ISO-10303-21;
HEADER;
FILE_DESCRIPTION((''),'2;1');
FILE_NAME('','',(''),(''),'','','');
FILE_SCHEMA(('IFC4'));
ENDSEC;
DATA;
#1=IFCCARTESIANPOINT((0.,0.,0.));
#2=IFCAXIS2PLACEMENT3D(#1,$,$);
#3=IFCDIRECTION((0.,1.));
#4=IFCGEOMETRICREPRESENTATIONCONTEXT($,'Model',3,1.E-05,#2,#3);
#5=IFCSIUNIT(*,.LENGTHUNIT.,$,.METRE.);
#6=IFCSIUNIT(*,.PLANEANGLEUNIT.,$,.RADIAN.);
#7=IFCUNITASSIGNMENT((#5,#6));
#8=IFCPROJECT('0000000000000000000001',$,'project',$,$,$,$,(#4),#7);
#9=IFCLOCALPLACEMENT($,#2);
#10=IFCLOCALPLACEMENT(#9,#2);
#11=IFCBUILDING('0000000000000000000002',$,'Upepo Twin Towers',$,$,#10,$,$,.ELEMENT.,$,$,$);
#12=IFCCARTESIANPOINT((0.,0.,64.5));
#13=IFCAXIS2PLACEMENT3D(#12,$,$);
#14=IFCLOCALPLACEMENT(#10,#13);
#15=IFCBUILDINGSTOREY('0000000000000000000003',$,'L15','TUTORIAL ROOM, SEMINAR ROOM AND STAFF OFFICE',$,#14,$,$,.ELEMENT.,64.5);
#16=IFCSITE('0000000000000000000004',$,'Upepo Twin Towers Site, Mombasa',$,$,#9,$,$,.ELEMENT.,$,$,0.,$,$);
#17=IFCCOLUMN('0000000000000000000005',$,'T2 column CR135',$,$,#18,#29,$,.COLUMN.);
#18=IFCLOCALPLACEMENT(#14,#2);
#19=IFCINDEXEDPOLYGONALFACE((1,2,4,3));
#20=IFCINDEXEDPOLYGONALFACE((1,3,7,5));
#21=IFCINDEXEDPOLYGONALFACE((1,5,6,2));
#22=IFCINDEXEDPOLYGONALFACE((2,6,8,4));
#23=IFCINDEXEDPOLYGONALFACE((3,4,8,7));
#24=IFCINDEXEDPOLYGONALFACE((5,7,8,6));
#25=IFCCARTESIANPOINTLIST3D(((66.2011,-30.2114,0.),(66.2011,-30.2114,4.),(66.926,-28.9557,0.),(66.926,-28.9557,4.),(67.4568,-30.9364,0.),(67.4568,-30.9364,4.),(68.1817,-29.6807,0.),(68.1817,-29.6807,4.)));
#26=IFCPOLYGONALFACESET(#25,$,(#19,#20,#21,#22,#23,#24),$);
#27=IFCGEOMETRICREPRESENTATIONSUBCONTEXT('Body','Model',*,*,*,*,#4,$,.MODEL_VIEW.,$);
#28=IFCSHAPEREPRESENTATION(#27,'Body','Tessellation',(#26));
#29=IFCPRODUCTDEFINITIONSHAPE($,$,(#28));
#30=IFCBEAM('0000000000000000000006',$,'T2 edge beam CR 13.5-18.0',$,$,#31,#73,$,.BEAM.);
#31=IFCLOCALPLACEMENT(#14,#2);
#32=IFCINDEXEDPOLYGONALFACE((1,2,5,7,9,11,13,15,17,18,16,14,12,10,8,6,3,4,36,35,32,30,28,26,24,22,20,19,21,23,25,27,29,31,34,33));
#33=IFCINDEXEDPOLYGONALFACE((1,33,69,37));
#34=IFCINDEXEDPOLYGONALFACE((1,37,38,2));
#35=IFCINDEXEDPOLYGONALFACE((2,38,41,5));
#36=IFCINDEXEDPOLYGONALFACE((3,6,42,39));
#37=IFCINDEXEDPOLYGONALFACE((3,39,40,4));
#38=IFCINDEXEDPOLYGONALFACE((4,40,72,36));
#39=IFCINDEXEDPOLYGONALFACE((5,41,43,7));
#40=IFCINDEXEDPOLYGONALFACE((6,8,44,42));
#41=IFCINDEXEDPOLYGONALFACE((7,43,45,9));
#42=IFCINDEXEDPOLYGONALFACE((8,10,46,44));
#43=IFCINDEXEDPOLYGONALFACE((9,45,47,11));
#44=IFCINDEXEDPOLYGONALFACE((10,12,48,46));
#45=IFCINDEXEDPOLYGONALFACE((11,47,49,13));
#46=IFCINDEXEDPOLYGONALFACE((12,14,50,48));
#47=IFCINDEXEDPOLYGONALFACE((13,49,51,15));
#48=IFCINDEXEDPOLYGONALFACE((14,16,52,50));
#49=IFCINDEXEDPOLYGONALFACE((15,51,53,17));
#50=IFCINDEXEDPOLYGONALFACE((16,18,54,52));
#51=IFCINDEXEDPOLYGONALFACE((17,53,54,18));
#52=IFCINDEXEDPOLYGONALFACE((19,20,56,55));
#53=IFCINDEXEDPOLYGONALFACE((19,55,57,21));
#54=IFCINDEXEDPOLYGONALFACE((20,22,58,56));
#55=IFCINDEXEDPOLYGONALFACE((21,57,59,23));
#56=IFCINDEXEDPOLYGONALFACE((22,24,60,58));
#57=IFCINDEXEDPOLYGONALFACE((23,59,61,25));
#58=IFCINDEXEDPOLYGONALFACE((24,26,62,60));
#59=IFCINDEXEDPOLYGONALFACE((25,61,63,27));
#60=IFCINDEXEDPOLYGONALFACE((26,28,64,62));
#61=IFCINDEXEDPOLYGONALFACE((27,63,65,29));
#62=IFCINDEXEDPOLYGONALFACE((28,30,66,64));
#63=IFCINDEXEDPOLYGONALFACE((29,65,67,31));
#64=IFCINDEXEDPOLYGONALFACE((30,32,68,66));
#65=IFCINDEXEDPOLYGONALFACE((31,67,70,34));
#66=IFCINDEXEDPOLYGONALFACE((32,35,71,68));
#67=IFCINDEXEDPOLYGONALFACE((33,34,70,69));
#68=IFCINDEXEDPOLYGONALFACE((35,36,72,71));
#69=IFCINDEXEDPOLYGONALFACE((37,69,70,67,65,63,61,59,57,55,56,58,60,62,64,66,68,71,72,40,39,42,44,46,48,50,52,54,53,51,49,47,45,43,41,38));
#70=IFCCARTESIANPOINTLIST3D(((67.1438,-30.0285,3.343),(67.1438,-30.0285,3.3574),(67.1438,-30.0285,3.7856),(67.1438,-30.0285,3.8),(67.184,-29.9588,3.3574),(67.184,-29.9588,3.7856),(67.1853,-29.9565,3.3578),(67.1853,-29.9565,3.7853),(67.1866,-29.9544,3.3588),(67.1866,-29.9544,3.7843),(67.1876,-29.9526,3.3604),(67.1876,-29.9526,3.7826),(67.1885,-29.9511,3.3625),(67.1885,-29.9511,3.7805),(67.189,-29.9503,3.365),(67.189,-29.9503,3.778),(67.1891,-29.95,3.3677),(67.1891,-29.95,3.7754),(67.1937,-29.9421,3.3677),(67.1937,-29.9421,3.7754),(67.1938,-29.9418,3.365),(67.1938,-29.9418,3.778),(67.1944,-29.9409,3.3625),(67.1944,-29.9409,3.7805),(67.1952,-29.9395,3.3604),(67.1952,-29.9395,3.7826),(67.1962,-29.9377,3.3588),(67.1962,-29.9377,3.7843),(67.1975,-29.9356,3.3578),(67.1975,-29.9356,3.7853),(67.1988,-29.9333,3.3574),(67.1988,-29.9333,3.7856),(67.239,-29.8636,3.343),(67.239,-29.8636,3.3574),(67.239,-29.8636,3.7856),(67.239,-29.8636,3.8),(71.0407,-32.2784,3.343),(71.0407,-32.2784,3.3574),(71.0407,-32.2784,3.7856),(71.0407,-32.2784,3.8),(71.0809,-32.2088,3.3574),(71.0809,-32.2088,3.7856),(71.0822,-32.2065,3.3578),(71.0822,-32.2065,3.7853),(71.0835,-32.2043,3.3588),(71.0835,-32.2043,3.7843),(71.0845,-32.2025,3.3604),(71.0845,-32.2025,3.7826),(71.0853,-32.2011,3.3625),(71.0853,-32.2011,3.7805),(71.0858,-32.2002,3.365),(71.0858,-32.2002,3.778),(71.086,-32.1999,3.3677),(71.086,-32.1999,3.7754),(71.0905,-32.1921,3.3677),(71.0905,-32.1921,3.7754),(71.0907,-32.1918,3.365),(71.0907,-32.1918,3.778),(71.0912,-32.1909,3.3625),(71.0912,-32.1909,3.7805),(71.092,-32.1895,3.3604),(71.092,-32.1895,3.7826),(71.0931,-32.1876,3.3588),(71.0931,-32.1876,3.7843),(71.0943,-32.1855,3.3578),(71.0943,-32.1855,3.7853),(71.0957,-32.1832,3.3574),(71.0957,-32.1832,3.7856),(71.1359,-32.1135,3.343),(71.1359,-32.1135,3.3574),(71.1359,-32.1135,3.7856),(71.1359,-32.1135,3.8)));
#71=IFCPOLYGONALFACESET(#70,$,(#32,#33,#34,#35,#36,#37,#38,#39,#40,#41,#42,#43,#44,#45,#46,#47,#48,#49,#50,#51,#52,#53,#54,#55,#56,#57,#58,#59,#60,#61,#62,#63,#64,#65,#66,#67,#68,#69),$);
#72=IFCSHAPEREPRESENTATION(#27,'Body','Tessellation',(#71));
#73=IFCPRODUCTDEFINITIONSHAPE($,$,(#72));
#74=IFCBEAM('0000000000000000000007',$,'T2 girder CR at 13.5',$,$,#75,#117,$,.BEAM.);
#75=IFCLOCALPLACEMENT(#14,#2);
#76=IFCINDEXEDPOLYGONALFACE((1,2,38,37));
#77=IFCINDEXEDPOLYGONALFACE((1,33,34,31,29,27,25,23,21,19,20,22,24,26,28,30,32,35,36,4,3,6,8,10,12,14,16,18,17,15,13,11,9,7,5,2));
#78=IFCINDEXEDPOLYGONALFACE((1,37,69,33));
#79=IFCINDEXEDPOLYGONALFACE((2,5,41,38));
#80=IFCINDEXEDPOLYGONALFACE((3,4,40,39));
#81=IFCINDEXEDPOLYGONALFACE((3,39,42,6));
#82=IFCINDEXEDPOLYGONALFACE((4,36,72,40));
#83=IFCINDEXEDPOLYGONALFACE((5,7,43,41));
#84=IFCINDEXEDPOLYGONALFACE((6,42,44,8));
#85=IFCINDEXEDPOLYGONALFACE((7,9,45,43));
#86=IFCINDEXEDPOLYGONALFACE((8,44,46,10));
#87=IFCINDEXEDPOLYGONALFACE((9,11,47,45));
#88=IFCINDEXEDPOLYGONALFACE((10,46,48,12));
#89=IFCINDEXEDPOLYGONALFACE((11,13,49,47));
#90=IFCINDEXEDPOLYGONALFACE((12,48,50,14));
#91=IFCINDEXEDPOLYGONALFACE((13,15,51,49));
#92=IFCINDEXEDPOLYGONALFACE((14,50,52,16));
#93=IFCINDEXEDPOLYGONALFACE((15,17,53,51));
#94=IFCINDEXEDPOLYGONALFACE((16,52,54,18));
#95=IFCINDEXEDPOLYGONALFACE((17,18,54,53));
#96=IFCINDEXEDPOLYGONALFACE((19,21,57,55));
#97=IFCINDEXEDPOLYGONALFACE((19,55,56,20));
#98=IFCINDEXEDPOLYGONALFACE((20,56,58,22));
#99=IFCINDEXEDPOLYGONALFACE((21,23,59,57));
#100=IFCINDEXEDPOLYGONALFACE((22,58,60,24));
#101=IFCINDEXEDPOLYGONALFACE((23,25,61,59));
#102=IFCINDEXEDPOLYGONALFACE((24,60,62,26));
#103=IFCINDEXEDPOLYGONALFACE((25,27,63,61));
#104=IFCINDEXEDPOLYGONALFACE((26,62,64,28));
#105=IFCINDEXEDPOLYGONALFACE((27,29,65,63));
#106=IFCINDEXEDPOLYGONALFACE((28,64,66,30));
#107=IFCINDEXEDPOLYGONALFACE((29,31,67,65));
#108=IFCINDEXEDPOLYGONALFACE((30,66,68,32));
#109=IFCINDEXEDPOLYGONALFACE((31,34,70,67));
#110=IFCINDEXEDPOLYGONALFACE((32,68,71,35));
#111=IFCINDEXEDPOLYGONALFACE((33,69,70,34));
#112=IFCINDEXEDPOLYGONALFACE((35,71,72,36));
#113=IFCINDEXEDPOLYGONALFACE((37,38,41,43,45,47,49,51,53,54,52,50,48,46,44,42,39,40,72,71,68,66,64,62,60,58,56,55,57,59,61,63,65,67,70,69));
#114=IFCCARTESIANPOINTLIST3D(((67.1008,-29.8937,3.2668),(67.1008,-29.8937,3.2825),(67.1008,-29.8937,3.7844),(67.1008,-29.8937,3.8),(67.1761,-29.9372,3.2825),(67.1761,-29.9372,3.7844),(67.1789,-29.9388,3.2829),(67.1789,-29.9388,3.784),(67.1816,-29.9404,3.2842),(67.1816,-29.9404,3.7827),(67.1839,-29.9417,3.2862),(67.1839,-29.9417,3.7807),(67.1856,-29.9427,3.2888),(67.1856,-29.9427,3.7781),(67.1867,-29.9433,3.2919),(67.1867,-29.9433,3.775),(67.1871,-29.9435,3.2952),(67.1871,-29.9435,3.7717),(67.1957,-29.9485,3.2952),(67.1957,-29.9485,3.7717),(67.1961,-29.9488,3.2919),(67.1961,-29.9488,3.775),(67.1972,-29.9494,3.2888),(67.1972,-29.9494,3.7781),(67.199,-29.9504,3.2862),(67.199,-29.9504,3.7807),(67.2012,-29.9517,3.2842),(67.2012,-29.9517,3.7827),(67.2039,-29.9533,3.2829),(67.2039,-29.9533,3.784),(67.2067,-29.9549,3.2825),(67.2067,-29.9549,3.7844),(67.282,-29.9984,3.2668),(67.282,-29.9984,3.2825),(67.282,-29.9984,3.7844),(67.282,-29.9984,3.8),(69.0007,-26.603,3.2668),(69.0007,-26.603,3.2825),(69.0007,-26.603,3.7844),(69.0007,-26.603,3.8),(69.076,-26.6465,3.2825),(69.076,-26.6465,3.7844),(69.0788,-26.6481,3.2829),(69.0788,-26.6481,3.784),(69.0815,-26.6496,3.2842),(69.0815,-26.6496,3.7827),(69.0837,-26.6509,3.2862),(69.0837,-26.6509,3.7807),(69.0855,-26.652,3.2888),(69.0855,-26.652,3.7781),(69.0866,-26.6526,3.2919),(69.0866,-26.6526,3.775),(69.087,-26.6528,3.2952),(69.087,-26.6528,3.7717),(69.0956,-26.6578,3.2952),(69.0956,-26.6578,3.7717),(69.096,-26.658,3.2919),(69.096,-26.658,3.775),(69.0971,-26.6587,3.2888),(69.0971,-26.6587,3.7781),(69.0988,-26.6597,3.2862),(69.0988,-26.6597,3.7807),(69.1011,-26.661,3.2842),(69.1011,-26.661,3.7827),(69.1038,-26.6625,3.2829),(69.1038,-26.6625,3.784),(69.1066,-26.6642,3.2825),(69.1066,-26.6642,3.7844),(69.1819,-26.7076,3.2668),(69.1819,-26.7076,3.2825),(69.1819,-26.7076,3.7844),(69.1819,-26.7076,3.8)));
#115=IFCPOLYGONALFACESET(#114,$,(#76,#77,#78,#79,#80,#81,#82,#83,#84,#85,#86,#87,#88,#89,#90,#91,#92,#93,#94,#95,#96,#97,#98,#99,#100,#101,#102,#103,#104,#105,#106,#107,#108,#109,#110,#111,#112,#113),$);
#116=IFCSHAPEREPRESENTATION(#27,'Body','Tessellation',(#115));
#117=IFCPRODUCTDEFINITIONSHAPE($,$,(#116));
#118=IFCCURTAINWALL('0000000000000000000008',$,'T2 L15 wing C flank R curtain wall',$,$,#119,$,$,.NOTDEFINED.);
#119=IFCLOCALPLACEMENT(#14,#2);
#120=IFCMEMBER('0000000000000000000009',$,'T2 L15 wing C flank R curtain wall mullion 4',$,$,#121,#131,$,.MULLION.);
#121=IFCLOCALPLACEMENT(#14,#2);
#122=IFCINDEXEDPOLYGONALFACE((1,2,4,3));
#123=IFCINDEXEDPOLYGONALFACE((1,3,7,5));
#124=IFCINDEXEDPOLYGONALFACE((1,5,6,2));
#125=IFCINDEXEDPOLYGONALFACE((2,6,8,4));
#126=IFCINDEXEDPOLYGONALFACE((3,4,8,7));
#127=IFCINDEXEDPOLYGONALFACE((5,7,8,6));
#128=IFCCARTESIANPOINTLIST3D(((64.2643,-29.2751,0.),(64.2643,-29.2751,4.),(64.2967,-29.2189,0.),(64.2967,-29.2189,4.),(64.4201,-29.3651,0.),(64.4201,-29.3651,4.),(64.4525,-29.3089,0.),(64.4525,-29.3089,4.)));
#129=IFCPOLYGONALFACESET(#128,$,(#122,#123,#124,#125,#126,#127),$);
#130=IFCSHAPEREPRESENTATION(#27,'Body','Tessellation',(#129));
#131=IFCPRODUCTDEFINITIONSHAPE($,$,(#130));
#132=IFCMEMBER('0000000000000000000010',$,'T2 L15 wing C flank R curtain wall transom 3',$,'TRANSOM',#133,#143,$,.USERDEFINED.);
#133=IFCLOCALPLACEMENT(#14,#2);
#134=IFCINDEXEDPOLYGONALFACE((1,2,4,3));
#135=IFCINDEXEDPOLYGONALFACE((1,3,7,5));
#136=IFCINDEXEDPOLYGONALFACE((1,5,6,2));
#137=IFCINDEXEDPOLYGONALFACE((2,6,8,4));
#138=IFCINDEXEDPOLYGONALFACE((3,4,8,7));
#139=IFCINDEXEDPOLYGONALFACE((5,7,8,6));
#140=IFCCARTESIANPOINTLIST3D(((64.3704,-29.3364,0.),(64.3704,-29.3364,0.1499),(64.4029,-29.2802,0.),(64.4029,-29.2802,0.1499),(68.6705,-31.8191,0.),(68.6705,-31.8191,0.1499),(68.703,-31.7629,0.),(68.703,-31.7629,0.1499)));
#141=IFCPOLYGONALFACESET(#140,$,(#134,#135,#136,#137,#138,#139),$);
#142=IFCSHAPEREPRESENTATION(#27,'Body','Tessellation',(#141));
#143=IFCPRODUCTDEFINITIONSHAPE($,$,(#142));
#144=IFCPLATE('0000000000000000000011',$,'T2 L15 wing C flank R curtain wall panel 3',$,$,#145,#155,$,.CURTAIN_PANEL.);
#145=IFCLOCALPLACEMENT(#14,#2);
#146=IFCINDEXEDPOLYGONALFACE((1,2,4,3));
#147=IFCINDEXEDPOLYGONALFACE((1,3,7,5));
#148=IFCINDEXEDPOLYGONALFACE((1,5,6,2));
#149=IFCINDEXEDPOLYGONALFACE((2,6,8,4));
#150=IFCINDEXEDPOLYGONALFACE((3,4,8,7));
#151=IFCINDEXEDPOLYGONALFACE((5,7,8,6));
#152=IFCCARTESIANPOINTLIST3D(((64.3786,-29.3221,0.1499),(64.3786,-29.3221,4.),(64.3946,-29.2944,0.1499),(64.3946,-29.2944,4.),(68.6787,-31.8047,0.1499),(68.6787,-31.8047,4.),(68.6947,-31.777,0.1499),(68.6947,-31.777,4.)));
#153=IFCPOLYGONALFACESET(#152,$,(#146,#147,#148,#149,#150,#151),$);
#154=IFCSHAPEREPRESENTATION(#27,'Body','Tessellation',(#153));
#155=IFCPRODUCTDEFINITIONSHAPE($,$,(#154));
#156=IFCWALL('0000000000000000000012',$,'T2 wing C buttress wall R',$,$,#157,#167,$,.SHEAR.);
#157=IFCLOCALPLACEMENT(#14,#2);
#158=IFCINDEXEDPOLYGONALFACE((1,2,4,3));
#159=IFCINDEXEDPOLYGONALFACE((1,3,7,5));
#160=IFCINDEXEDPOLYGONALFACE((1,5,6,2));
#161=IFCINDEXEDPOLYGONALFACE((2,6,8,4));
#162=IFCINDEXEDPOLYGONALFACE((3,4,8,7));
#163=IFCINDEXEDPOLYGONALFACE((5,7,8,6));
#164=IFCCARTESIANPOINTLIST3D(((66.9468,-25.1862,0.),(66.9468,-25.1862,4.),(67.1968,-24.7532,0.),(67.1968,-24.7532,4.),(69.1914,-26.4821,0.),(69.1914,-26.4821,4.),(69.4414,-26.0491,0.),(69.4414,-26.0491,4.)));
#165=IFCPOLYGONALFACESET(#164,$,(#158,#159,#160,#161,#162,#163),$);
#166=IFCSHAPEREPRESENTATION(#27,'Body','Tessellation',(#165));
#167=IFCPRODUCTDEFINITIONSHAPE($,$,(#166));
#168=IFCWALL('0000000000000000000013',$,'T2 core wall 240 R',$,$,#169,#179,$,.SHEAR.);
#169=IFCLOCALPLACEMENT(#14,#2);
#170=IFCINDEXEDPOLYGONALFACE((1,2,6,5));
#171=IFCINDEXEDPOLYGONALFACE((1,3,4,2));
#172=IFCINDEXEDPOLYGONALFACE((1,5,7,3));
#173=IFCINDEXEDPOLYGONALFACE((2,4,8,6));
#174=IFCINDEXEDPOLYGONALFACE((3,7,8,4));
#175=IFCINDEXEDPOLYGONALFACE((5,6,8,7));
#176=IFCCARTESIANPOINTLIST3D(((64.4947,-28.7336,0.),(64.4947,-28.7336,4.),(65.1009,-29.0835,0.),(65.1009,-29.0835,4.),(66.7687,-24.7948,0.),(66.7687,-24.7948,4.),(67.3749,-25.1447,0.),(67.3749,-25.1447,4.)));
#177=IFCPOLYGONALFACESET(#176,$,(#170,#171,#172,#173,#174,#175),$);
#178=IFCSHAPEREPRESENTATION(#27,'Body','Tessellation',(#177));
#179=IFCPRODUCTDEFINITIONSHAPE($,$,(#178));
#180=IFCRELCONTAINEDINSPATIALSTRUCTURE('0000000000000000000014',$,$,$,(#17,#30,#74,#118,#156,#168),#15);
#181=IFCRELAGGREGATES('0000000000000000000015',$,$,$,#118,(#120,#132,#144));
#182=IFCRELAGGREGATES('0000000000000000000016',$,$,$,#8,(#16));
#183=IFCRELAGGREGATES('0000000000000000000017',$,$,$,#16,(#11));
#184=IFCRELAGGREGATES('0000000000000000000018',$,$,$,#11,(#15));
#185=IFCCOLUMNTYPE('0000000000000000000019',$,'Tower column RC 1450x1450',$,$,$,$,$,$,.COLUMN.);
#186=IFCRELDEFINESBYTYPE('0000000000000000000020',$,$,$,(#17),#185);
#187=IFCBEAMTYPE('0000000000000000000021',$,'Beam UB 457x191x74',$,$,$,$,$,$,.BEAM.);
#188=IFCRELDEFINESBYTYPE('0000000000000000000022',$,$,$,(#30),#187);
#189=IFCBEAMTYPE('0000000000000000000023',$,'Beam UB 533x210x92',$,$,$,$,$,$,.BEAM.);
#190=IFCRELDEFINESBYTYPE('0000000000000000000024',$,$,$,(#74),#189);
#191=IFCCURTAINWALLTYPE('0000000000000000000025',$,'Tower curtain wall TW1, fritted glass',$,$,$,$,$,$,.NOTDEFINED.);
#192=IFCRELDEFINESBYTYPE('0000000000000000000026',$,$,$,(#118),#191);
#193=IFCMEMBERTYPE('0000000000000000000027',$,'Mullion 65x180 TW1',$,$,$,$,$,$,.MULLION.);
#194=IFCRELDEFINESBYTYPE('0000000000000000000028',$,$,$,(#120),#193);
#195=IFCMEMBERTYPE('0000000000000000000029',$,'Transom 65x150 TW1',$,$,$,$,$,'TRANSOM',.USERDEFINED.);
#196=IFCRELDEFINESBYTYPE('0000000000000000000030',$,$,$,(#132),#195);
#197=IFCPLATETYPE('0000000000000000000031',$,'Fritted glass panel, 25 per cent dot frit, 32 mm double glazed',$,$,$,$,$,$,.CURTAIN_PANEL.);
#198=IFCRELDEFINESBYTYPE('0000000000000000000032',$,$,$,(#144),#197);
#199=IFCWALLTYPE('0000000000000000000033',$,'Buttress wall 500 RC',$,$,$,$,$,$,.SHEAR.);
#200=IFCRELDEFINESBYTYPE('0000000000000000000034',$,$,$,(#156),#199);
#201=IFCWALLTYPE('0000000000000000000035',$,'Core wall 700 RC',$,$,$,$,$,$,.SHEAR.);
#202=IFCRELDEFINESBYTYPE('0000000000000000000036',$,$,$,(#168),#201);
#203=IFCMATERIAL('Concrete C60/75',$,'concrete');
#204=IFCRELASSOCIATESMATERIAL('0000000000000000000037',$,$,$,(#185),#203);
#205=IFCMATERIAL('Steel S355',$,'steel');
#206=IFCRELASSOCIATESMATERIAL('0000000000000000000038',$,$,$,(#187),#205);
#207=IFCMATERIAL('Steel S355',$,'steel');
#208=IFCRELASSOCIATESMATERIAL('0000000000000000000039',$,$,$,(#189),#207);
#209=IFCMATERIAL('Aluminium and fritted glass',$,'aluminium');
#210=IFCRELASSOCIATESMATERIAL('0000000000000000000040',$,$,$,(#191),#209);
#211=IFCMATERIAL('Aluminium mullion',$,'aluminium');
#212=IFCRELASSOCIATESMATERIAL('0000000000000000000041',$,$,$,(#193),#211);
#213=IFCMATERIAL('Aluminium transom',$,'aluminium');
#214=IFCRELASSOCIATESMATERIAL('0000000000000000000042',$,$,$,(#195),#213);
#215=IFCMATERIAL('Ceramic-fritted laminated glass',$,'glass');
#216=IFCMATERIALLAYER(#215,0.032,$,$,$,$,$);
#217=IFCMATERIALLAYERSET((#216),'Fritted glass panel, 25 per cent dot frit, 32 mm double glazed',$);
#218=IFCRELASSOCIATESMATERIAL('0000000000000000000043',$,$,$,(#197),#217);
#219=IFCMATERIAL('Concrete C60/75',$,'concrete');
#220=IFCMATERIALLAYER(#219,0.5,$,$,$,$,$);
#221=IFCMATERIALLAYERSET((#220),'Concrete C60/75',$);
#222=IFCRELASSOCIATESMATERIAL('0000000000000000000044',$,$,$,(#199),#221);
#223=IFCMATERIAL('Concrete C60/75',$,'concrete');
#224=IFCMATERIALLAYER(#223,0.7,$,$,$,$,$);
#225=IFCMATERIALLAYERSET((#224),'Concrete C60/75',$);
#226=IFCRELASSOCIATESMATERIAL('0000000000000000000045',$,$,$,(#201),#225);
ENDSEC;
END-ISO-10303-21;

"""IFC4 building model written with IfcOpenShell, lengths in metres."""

from ifc_helpers import new_model, si_unit, direction, frame, frame_2d, origin, origin_2d, place, context, subcontext, project, spatial, rectangle, i_section, extrude, material, layer, layer_set, material_profile, profile_set, type_object, element, aggregate, save


model = new_model("IFC4")

# Units and contexts
model_context = context("Model", 3, precision=1e-05, world=origin(), true_north=direction((0.0, 1.0)))
body_context = subcontext(model_context, "Body", "Model", "MODEL_VIEW")
ifc_project = project(units=[si_unit("LENGTHUNIT", "METRE"), si_unit("PLANEANGLEUNIT", "RADIAN")], contexts=[model_context])

# Site, building, storey
site_placement = place(None, origin())
site = spatial("IfcSite", under=ifc_project, at=site_placement, Name="Upepo Twin Towers Site, Mombasa", CompositionType="ELEMENT", RefElevation=0.0)
building_placement = place(site_placement, origin())
building = spatial("IfcBuilding", under=site, at=building_placement, Name="Upepo Twin Towers", CompositionType="ELEMENT")
storey_placement = place(building_placement, frame((0.0, 0.0, 64.5)))
storey = spatial("IfcBuildingStorey", under=building, at=storey_placement, Name="L15", Description="TUTORIAL ROOM, SEMINAR ROOM AND STAFF OFFICE", CompositionType="ELEMENT", Elevation=64.5)

# Column
ifc_material_1 = material(Name="Concrete C60/75", Category="concrete")
ifc_material_profile_1 = material_profile(ifc_material_1, rectangle(XDim=1.45, YDim=1.45, at=origin_2d()), Name="RC 1450x1450")
ifc_profile_set_1 = profile_set([ifc_material_profile_1], Name="Concrete C60/75")
column_type = type_object("IfcColumnType", Name="Tower column RC 1450x1450", PredefinedType="COLUMN", material=ifc_profile_set_1)
column_placement = place(storey_placement, frame((67.1914, -29.946, 0.0), z_axis=(0.0, 0.0, 1.0), x_axis=(0.5, 0.866025, 0.0)))
element("IfcColumn", 1, at=column_placement, inside=storey, type_object=column_type, Name="T2 column CR135", PredefinedType="COLUMN", context=body_context, shape_type="SweptSolid", body=[
    extrude(rectangle(XDim=1.45, YDim=1.45, at=origin_2d()), origin(), (0.0, 0.0, 1.0), 4.0),
])

# Beams
ifc_material_2 = material(Name="Steel S355", Category="steel")
ifc_material_profile_2 = material_profile(ifc_material_2, i_section(OverallWidth=0.1904, OverallDepth=0.457, WebThickness=0.009, FlangeThickness=0.0144, FilletRadius=0.0103, at=origin_2d()), Name="UB 457x191x74")
ifc_profile_set_2 = profile_set([ifc_material_profile_2], Name="Steel S355")
beam_type_1 = type_object("IfcBeamType", Name="Beam UB 457x191x74", PredefinedType="BEAM", material=ifc_profile_set_2)
beam_1_placement = place(storey_placement, frame((67.1914, -29.946, 3.5715), z_axis=(0.866018, -0.500014, 0.0), x_axis=(0.500014, 0.866018, 0.0)))
element("IfcBeam", 2, at=beam_1_placement, inside=storey, type_object=beam_type_1, Name="T2 edge beam CR 13.5-18.0", PredefinedType="BEAM", context=body_context, shape_type="SweptSolid", body=[
    extrude(i_section(OverallWidth=0.1904, OverallDepth=0.457, WebThickness=0.009, FlangeThickness=0.0144, FilletRadius=0.0103, at=origin_2d()), origin(), (0.0, 0.0, 1.0), 4.4998),
])
ifc_material_3 = material(Name="Steel S355", Category="steel")
ifc_material_profile_3 = material_profile(ifc_material_3, i_section(OverallWidth=0.2092, OverallDepth=0.5332, WebThickness=0.01, FlangeThickness=0.0156, FilletRadius=0.0127, at=origin_2d()), Name="UB 533x210x92")
ifc_profile_set_3 = profile_set([ifc_material_profile_3], Name="Steel S355")
beam_type_2 = type_object("IfcBeamType", Name="Beam UB 533x210x92", PredefinedType="BEAM", material=ifc_profile_set_3)
beam_2_placement = place(storey_placement, frame((67.1914, -29.946, 3.5334), z_axis=(0.499995, 0.866028, 0.0), x_axis=(-0.866028, 0.499995, 0.0)))
element("IfcBeam", 3, at=beam_2_placement, inside=storey, type_object=beam_type_2, Name="T2 girder CR at 13.5", PredefinedType="BEAM", context=body_context, shape_type="SweptSolid", body=[
    extrude(i_section(OverallWidth=0.2092, OverallDepth=0.5332, WebThickness=0.01, FlangeThickness=0.0156, FilletRadius=0.0127, at=origin_2d()), origin(), (0.0, 0.0, 1.0), 3.7998),
])

# Curtain wall, members, plate
ifc_material_4 = material(Name="Aluminium and fritted glass", Category="aluminium")
curtain_wall_type = type_object("IfcCurtainWallType", Name="Tower curtain wall TW1, fritted glass", PredefinedType="NOTDEFINED", material=ifc_material_4)
curtain_wall_placement = place(storey_placement, origin())
curtain_wall = element("IfcCurtainWall", 4, at=curtain_wall_placement, inside=storey, type_object=curtain_wall_type, Name="T2 L15 wing C flank R curtain wall", PredefinedType="NOTDEFINED")
ifc_material_5 = material(Name="Aluminium mullion", Category="aluminium")
ifc_material_profile_4 = material_profile(ifc_material_5, rectangle(XDim=0.0649, YDim=0.1799, at=origin_2d()), Name="MULLION 65x180")
ifc_profile_set_4 = profile_set([ifc_material_profile_4], Name="Aluminium mullion")
member_type_1 = type_object("IfcMemberType", Name="Mullion 65x180 TW1", PredefinedType="MULLION", material=ifc_profile_set_4)
member_1_placement = place(storey_placement, frame((64.3584, -29.292, 0.0), z_axis=(0.0, 0.0, 1.0), x_axis=(-0.5, -0.866025, 0.0)))
member_1 = element("IfcMember", 5, at=member_1_placement, type_object=member_type_1, Name="T2 L15 wing C flank R curtain wall mullion 4", PredefinedType="MULLION", context=body_context, shape_type="SweptSolid", body=[
    extrude(rectangle(XDim=0.0649, YDim=0.1799, at=origin_2d()), origin(), (0.0, 0.0, 1.0), 4.0),
])
ifc_material_6 = material(Name="Aluminium transom", Category="aluminium")
ifc_material_profile_5 = material_profile(ifc_material_6, rectangle(XDim=0.0649, YDim=0.1499, at=origin_2d()), Name="TRANSOM 65x150")
ifc_profile_set_5 = profile_set([ifc_material_profile_5], Name="Aluminium transom")
member_type_2 = type_object("IfcMemberType", Name="Transom 65x150 TW1", ElementType="TRANSOM", PredefinedType="USERDEFINED", material=ifc_profile_set_5)
member_2_placement = place(storey_placement, frame((68.6868, -31.791, 0.075), z_axis=(-0.866023, 0.500005, 0.0), x_axis=(-0.500005, -0.866023, 0.0)))
member_2 = element("IfcMember", 6, at=member_2_placement, type_object=member_type_2, Name="T2 L15 wing C flank R curtain wall transom 3", ObjectType="TRANSOM", PredefinedType="USERDEFINED", context=body_context, shape_type="SweptSolid", body=[
    extrude(rectangle(XDim=0.0649, YDim=0.1499, at=origin_2d()), origin(), (0.0, 0.0, 1.0), 4.9653),
])
ifc_material_7 = material(Name="Ceramic-fritted laminated glass", Category="glass")
ifc_layer_1 = layer(ifc_material_7, 0.032)
ifc_layer_set_1 = layer_set([ifc_layer_1], Name="Fritted glass panel, 25 per cent dot frit, 32 mm double glazed")
plate_type = type_object("IfcPlateType", Name="Fritted glass panel, 25 per cent dot frit, 32 mm double glazed", PredefinedType="CURTAIN_PANEL", material=ifc_layer_set_1)
plate_placement = place(storey_placement, frame((66.5366, -30.5496, 0.1499), z_axis=(0.0, 0.0, 1.0), x_axis=(-0.866025, 0.5, 0.0)))
plate = element("IfcPlate", 7, at=plate_placement, type_object=plate_type, Name="T2 L15 wing C flank R curtain wall panel 3", PredefinedType="CURTAIN_PANEL", context=body_context, shape_type="SweptSolid", body=[
    extrude(rectangle(XDim=4.9653, YDim=0.032, at=origin_2d()), origin(), (0.0, 0.0, 1.0), 3.8501),
])
aggregate(curtain_wall, [member_1, member_2, plate])

# Walls
ifc_material_8 = material(Name="Concrete C60/75", Category="concrete")
ifc_layer_2 = layer(ifc_material_8, 0.5)
ifc_layer_set_2 = layer_set([ifc_layer_2], Name="Concrete C60/75")
wall_type_1 = type_object("IfcWallType", Name="Buttress wall 500 RC", PredefinedType="SHEAR", material=ifc_layer_set_2)
wall_1_placement = place(storey_placement, frame((67.0718, -24.9697, 0.0), z_axis=(0.0, 0.0, 1.0), x_axis=(0.866032, -0.499989, 0.0)))
element("IfcWall", 8, at=wall_1_placement, inside=storey, type_object=wall_type_1, Name="T2 wing C buttress wall R", PredefinedType="SHEAR", context=body_context, shape_type="SweptSolid", body=[
    extrude(rectangle(XDim=2.5918, YDim=0.5, at=frame_2d((1.2959, 0.0))), origin(), (0.0, 0.0, 1.0), 4.0),
])
ifc_material_9 = material(Name="Concrete C60/75", Category="concrete")
ifc_layer_3 = layer(ifc_material_9, 0.7)
ifc_layer_set_3 = layer_set([ifc_layer_3], Name="Concrete C60/75")
wall_type_2 = type_object("IfcWallType", Name="Core wall 700 RC", PredefinedType="SHEAR", material=ifc_layer_set_3)
wall_2_placement = place(storey_placement, frame((64.7979, -28.9084, 0.0), z_axis=(0.0, 0.0, 1.0), x_axis=(0.499984, 0.866035, 0.0)))
element("IfcWall", 9, at=wall_2_placement, inside=storey, type_object=wall_type_2, Name="T2 core wall 240 R", PredefinedType="SHEAR", context=body_context, shape_type="SweptSolid", body=[
    extrude(rectangle(XDim=4.5481, YDim=0.7, at=frame_2d((2.2739, 0.0))), origin(), (0.0, 0.0, 1.0), 4.0),
])

save(model, "model.ifc")
